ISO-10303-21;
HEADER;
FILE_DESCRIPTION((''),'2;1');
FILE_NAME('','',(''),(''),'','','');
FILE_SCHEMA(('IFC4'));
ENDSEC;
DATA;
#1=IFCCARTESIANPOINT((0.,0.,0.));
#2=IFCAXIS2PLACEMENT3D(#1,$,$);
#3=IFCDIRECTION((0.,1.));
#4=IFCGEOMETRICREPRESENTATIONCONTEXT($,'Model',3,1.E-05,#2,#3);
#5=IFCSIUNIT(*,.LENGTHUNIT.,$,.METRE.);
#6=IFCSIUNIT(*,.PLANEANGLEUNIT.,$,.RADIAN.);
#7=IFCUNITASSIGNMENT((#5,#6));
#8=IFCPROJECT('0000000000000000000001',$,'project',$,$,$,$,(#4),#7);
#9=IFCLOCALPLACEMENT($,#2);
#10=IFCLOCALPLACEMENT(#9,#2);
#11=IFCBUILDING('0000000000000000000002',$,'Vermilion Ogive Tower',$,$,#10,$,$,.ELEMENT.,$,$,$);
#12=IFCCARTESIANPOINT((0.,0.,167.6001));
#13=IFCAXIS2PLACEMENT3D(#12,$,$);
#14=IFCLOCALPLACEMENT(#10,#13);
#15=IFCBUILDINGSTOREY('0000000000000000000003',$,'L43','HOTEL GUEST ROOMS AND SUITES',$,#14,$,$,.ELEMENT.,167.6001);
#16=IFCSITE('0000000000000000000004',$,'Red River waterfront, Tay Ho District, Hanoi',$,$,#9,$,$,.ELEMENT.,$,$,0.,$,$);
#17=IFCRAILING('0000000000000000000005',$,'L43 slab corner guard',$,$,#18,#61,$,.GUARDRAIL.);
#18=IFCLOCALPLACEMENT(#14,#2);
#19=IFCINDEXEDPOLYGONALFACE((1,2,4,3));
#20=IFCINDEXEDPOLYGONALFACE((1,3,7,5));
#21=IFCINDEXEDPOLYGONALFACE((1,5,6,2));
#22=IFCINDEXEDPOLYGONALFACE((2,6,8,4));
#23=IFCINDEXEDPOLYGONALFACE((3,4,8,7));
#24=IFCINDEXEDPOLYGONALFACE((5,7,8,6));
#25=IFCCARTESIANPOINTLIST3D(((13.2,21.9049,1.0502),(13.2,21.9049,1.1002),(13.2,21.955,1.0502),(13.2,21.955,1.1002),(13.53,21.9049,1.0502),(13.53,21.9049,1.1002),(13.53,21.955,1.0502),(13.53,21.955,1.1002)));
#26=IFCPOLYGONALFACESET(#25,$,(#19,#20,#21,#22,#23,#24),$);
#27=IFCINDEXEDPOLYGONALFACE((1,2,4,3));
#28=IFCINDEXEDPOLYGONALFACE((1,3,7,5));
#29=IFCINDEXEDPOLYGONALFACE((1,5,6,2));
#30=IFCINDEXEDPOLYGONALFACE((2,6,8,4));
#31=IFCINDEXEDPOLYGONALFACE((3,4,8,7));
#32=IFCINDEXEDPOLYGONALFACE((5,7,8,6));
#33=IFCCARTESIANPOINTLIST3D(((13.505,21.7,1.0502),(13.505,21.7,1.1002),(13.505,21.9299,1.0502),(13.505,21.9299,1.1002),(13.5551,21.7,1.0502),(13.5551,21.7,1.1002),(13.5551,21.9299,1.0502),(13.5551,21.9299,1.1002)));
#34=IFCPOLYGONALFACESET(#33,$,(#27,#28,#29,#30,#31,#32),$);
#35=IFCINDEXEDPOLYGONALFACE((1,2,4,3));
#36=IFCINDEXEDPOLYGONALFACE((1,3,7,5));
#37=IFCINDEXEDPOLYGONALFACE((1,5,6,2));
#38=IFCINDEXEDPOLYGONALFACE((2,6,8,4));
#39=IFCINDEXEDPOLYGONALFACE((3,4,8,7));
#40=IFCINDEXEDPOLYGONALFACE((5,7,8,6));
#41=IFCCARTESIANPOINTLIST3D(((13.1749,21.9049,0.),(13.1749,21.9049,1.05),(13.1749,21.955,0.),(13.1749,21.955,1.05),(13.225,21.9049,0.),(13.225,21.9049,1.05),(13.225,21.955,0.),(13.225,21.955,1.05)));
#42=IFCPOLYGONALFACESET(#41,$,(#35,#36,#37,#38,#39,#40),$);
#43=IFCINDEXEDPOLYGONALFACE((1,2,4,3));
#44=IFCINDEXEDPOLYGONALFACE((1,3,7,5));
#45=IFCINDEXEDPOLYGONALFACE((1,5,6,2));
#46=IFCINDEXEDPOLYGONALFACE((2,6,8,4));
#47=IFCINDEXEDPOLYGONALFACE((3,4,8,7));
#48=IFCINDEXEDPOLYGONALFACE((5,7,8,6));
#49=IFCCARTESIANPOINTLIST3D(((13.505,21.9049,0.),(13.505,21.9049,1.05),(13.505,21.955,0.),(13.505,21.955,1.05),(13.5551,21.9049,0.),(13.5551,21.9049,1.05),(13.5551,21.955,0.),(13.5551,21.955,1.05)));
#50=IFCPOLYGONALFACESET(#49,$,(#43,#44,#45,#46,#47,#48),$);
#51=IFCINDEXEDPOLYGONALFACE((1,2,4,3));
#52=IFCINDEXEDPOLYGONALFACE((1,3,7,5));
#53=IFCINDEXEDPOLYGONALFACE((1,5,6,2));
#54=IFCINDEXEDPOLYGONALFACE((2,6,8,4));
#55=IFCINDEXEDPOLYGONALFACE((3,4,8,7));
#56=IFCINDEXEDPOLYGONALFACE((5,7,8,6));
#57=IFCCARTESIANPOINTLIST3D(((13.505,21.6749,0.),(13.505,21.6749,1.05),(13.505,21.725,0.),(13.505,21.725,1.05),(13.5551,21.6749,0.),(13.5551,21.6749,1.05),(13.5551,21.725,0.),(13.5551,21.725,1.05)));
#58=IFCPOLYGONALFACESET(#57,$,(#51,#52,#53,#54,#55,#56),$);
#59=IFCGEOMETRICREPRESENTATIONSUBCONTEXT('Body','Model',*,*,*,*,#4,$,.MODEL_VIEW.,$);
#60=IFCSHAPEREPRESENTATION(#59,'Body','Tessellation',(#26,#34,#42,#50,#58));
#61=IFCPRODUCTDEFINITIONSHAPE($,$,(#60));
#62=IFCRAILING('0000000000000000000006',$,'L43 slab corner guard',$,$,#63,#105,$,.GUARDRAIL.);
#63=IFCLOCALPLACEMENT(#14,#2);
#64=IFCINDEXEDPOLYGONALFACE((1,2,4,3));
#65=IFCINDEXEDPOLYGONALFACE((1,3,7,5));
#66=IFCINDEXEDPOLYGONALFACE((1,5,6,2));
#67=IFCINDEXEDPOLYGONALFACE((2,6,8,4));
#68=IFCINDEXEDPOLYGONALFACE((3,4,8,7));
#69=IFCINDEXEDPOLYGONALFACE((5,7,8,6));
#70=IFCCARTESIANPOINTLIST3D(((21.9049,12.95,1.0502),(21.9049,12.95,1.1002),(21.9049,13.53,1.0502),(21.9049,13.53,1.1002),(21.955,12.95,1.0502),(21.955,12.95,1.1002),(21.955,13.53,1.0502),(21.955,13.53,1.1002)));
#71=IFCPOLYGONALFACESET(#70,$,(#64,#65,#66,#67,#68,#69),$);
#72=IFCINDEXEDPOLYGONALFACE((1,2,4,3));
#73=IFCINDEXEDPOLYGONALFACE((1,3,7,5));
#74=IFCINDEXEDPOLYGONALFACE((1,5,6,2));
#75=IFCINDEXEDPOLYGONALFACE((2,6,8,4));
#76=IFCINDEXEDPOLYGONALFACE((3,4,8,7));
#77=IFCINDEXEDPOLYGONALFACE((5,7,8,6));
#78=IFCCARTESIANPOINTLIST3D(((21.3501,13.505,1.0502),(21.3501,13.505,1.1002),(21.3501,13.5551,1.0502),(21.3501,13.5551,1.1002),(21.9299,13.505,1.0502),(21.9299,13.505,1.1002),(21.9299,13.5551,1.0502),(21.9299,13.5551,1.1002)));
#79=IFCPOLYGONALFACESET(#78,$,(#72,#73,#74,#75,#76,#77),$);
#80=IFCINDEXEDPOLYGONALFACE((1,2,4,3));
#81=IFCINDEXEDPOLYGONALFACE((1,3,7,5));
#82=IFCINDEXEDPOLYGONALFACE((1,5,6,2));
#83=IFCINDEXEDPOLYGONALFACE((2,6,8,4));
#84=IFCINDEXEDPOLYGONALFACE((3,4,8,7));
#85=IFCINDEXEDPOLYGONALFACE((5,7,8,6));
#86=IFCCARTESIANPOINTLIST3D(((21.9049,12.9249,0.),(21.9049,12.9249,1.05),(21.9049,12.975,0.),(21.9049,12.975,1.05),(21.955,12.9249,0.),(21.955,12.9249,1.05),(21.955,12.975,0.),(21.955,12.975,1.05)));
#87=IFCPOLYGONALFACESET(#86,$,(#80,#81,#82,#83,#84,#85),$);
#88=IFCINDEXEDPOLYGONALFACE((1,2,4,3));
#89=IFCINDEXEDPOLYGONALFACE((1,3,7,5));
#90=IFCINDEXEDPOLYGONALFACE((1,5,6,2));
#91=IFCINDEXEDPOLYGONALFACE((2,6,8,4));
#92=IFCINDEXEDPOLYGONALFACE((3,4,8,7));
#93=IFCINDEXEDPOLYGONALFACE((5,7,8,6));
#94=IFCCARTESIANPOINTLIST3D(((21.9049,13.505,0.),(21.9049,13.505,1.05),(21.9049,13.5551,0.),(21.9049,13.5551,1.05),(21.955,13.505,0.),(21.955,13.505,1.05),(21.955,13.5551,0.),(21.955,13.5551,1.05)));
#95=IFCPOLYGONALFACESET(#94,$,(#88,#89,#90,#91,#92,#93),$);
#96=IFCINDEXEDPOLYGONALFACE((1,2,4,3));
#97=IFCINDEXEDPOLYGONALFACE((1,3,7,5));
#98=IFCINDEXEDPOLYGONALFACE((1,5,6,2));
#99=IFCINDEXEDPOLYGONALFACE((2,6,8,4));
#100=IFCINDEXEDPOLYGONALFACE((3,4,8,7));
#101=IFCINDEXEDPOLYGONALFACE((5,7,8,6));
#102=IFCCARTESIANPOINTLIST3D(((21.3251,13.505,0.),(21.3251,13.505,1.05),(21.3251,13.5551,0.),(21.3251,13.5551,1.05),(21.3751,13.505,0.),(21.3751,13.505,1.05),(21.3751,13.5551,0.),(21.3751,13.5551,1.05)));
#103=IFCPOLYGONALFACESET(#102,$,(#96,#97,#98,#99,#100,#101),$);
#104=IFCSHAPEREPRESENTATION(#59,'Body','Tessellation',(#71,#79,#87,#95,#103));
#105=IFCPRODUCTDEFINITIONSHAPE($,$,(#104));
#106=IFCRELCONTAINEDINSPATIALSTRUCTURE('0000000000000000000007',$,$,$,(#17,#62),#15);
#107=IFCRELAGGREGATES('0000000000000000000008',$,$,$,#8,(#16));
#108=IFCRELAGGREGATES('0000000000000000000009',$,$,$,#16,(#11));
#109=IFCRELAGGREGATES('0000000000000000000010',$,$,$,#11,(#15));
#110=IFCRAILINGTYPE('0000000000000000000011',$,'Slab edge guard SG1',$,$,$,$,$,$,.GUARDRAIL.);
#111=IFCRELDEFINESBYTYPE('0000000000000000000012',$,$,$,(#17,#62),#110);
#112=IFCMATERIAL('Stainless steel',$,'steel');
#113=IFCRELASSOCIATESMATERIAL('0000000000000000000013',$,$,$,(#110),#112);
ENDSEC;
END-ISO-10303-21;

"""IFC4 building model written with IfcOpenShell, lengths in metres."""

from ifc_helpers import new_model, si_unit, direction, frame, origin, origin_2d, place, context, subcontext, project, spatial, rectangle, extrude, material, type_object, element, save


model = new_model("IFC4")

# Units and contexts
model_context = context("Model", 3, precision=1e-05, world=origin(), true_north=direction((0.0, 1.0)))
body_context = subcontext(model_context, "Body", "Model", "MODEL_VIEW")
ifc_project = project(units=[si_unit("LENGTHUNIT", "METRE"), si_unit("PLANEANGLEUNIT", "RADIAN")], contexts=[model_context])

# Site, building, storey
site_placement = place(None, origin())
site = spatial("IfcSite", under=ifc_project, at=site_placement, Name="Red River waterfront, Tay Ho District, Hanoi", CompositionType="ELEMENT", RefElevation=0.0)
building_placement = place(site_placement, origin())
building = spatial("IfcBuilding", under=site, at=building_placement, Name="Vermilion Ogive Tower", CompositionType="ELEMENT")
storey_placement = place(building_placement, frame((0.0, 0.0, 167.6001)))
storey = spatial("IfcBuildingStorey", under=building, at=storey_placement, Name="L43", Description="HOTEL GUEST ROOMS AND SUITES", CompositionType="ELEMENT", Elevation=167.6001)

# Railings
ifc_material_1 = material(Name="Stainless steel", Category="steel")
railing_type = type_object("IfcRailingType", Name="Slab edge guard SG1", PredefinedType="GUARDRAIL", material=ifc_material_1)
railing_1_placement = place(storey_placement, frame((13.2, 21.9299, 0.0)))
element("IfcRailing", 1, at=railing_1_placement, inside=storey, type_object=railing_type, Name="L43 slab corner guard", PredefinedType="GUARDRAIL", context=body_context, shape_type="SweptSolid", body=[
    extrude(rectangle(XDim=0.05, YDim=0.05, at=origin_2d()), frame((0.0, 0.0, 1.0752), z_axis=(1.0, 0.0, 0.0), x_axis=(0.0, 1.0, 0.0)), (0.0, 0.0, 1.0), 0.3301),
    extrude(rectangle(XDim=0.05, YDim=0.05, at=origin_2d()), frame((0.3301, 0.0, 1.0752), z_axis=(0.0, -1.0, 0.0), x_axis=(1.0, 0.0, 0.0)), (0.0, 0.0, 1.0), 0.23),
    extrude(rectangle(XDim=0.05, YDim=0.05, at=origin_2d()), origin(), (0.0, 0.0, 1.0), 1.05),
    extrude(rectangle(XDim=0.05, YDim=0.05, at=origin_2d()), frame((0.3301, 0.0, 0.0)), (0.0, 0.0, 1.0), 1.05),
    extrude(rectangle(XDim=0.05, YDim=0.05, at=origin_2d()), frame((0.3301, -0.23, 0.0)), (0.0, 0.0, 1.0), 1.05),
])
railing_2_placement = place(storey_placement, frame((21.9299, 12.95, 0.0)))
element("IfcRailing", 2, at=railing_2_placement, inside=storey, type_object=railing_type, Name="L43 slab corner guard", PredefinedType="GUARDRAIL", context=body_context, shape_type="SweptSolid", body=[
    extrude(rectangle(XDim=0.05, YDim=0.05, at=origin_2d()), frame((0.0, 0.0, 1.0752), z_axis=(0.0, 1.0, 0.0), x_axis=(-1.0, 0.0, 0.0)), (0.0, 0.0, 1.0), 0.5801),
    extrude(rectangle(XDim=0.05, YDim=0.05, at=origin_2d()), frame((0.0, 0.5801, 1.0752), z_axis=(-1.0, 0.0, 0.0), x_axis=(0.0, -1.0, 0.0)), (0.0, 0.0, 1.0), 0.5798),
    extrude(rectangle(XDim=0.05, YDim=0.05, at=origin_2d()), origin(), (0.0, 0.0, 1.0), 1.05),
    extrude(rectangle(XDim=0.05, YDim=0.05, at=origin_2d()), frame((0.0, 0.5801, 0.0)), (0.0, 0.0, 1.0), 1.05),
    extrude(rectangle(XDim=0.05, YDim=0.05, at=origin_2d()), frame((-0.5798, 0.5801, 0.0)), (0.0, 0.0, 1.0), 1.05),
])

save(model, "model.ifc")
